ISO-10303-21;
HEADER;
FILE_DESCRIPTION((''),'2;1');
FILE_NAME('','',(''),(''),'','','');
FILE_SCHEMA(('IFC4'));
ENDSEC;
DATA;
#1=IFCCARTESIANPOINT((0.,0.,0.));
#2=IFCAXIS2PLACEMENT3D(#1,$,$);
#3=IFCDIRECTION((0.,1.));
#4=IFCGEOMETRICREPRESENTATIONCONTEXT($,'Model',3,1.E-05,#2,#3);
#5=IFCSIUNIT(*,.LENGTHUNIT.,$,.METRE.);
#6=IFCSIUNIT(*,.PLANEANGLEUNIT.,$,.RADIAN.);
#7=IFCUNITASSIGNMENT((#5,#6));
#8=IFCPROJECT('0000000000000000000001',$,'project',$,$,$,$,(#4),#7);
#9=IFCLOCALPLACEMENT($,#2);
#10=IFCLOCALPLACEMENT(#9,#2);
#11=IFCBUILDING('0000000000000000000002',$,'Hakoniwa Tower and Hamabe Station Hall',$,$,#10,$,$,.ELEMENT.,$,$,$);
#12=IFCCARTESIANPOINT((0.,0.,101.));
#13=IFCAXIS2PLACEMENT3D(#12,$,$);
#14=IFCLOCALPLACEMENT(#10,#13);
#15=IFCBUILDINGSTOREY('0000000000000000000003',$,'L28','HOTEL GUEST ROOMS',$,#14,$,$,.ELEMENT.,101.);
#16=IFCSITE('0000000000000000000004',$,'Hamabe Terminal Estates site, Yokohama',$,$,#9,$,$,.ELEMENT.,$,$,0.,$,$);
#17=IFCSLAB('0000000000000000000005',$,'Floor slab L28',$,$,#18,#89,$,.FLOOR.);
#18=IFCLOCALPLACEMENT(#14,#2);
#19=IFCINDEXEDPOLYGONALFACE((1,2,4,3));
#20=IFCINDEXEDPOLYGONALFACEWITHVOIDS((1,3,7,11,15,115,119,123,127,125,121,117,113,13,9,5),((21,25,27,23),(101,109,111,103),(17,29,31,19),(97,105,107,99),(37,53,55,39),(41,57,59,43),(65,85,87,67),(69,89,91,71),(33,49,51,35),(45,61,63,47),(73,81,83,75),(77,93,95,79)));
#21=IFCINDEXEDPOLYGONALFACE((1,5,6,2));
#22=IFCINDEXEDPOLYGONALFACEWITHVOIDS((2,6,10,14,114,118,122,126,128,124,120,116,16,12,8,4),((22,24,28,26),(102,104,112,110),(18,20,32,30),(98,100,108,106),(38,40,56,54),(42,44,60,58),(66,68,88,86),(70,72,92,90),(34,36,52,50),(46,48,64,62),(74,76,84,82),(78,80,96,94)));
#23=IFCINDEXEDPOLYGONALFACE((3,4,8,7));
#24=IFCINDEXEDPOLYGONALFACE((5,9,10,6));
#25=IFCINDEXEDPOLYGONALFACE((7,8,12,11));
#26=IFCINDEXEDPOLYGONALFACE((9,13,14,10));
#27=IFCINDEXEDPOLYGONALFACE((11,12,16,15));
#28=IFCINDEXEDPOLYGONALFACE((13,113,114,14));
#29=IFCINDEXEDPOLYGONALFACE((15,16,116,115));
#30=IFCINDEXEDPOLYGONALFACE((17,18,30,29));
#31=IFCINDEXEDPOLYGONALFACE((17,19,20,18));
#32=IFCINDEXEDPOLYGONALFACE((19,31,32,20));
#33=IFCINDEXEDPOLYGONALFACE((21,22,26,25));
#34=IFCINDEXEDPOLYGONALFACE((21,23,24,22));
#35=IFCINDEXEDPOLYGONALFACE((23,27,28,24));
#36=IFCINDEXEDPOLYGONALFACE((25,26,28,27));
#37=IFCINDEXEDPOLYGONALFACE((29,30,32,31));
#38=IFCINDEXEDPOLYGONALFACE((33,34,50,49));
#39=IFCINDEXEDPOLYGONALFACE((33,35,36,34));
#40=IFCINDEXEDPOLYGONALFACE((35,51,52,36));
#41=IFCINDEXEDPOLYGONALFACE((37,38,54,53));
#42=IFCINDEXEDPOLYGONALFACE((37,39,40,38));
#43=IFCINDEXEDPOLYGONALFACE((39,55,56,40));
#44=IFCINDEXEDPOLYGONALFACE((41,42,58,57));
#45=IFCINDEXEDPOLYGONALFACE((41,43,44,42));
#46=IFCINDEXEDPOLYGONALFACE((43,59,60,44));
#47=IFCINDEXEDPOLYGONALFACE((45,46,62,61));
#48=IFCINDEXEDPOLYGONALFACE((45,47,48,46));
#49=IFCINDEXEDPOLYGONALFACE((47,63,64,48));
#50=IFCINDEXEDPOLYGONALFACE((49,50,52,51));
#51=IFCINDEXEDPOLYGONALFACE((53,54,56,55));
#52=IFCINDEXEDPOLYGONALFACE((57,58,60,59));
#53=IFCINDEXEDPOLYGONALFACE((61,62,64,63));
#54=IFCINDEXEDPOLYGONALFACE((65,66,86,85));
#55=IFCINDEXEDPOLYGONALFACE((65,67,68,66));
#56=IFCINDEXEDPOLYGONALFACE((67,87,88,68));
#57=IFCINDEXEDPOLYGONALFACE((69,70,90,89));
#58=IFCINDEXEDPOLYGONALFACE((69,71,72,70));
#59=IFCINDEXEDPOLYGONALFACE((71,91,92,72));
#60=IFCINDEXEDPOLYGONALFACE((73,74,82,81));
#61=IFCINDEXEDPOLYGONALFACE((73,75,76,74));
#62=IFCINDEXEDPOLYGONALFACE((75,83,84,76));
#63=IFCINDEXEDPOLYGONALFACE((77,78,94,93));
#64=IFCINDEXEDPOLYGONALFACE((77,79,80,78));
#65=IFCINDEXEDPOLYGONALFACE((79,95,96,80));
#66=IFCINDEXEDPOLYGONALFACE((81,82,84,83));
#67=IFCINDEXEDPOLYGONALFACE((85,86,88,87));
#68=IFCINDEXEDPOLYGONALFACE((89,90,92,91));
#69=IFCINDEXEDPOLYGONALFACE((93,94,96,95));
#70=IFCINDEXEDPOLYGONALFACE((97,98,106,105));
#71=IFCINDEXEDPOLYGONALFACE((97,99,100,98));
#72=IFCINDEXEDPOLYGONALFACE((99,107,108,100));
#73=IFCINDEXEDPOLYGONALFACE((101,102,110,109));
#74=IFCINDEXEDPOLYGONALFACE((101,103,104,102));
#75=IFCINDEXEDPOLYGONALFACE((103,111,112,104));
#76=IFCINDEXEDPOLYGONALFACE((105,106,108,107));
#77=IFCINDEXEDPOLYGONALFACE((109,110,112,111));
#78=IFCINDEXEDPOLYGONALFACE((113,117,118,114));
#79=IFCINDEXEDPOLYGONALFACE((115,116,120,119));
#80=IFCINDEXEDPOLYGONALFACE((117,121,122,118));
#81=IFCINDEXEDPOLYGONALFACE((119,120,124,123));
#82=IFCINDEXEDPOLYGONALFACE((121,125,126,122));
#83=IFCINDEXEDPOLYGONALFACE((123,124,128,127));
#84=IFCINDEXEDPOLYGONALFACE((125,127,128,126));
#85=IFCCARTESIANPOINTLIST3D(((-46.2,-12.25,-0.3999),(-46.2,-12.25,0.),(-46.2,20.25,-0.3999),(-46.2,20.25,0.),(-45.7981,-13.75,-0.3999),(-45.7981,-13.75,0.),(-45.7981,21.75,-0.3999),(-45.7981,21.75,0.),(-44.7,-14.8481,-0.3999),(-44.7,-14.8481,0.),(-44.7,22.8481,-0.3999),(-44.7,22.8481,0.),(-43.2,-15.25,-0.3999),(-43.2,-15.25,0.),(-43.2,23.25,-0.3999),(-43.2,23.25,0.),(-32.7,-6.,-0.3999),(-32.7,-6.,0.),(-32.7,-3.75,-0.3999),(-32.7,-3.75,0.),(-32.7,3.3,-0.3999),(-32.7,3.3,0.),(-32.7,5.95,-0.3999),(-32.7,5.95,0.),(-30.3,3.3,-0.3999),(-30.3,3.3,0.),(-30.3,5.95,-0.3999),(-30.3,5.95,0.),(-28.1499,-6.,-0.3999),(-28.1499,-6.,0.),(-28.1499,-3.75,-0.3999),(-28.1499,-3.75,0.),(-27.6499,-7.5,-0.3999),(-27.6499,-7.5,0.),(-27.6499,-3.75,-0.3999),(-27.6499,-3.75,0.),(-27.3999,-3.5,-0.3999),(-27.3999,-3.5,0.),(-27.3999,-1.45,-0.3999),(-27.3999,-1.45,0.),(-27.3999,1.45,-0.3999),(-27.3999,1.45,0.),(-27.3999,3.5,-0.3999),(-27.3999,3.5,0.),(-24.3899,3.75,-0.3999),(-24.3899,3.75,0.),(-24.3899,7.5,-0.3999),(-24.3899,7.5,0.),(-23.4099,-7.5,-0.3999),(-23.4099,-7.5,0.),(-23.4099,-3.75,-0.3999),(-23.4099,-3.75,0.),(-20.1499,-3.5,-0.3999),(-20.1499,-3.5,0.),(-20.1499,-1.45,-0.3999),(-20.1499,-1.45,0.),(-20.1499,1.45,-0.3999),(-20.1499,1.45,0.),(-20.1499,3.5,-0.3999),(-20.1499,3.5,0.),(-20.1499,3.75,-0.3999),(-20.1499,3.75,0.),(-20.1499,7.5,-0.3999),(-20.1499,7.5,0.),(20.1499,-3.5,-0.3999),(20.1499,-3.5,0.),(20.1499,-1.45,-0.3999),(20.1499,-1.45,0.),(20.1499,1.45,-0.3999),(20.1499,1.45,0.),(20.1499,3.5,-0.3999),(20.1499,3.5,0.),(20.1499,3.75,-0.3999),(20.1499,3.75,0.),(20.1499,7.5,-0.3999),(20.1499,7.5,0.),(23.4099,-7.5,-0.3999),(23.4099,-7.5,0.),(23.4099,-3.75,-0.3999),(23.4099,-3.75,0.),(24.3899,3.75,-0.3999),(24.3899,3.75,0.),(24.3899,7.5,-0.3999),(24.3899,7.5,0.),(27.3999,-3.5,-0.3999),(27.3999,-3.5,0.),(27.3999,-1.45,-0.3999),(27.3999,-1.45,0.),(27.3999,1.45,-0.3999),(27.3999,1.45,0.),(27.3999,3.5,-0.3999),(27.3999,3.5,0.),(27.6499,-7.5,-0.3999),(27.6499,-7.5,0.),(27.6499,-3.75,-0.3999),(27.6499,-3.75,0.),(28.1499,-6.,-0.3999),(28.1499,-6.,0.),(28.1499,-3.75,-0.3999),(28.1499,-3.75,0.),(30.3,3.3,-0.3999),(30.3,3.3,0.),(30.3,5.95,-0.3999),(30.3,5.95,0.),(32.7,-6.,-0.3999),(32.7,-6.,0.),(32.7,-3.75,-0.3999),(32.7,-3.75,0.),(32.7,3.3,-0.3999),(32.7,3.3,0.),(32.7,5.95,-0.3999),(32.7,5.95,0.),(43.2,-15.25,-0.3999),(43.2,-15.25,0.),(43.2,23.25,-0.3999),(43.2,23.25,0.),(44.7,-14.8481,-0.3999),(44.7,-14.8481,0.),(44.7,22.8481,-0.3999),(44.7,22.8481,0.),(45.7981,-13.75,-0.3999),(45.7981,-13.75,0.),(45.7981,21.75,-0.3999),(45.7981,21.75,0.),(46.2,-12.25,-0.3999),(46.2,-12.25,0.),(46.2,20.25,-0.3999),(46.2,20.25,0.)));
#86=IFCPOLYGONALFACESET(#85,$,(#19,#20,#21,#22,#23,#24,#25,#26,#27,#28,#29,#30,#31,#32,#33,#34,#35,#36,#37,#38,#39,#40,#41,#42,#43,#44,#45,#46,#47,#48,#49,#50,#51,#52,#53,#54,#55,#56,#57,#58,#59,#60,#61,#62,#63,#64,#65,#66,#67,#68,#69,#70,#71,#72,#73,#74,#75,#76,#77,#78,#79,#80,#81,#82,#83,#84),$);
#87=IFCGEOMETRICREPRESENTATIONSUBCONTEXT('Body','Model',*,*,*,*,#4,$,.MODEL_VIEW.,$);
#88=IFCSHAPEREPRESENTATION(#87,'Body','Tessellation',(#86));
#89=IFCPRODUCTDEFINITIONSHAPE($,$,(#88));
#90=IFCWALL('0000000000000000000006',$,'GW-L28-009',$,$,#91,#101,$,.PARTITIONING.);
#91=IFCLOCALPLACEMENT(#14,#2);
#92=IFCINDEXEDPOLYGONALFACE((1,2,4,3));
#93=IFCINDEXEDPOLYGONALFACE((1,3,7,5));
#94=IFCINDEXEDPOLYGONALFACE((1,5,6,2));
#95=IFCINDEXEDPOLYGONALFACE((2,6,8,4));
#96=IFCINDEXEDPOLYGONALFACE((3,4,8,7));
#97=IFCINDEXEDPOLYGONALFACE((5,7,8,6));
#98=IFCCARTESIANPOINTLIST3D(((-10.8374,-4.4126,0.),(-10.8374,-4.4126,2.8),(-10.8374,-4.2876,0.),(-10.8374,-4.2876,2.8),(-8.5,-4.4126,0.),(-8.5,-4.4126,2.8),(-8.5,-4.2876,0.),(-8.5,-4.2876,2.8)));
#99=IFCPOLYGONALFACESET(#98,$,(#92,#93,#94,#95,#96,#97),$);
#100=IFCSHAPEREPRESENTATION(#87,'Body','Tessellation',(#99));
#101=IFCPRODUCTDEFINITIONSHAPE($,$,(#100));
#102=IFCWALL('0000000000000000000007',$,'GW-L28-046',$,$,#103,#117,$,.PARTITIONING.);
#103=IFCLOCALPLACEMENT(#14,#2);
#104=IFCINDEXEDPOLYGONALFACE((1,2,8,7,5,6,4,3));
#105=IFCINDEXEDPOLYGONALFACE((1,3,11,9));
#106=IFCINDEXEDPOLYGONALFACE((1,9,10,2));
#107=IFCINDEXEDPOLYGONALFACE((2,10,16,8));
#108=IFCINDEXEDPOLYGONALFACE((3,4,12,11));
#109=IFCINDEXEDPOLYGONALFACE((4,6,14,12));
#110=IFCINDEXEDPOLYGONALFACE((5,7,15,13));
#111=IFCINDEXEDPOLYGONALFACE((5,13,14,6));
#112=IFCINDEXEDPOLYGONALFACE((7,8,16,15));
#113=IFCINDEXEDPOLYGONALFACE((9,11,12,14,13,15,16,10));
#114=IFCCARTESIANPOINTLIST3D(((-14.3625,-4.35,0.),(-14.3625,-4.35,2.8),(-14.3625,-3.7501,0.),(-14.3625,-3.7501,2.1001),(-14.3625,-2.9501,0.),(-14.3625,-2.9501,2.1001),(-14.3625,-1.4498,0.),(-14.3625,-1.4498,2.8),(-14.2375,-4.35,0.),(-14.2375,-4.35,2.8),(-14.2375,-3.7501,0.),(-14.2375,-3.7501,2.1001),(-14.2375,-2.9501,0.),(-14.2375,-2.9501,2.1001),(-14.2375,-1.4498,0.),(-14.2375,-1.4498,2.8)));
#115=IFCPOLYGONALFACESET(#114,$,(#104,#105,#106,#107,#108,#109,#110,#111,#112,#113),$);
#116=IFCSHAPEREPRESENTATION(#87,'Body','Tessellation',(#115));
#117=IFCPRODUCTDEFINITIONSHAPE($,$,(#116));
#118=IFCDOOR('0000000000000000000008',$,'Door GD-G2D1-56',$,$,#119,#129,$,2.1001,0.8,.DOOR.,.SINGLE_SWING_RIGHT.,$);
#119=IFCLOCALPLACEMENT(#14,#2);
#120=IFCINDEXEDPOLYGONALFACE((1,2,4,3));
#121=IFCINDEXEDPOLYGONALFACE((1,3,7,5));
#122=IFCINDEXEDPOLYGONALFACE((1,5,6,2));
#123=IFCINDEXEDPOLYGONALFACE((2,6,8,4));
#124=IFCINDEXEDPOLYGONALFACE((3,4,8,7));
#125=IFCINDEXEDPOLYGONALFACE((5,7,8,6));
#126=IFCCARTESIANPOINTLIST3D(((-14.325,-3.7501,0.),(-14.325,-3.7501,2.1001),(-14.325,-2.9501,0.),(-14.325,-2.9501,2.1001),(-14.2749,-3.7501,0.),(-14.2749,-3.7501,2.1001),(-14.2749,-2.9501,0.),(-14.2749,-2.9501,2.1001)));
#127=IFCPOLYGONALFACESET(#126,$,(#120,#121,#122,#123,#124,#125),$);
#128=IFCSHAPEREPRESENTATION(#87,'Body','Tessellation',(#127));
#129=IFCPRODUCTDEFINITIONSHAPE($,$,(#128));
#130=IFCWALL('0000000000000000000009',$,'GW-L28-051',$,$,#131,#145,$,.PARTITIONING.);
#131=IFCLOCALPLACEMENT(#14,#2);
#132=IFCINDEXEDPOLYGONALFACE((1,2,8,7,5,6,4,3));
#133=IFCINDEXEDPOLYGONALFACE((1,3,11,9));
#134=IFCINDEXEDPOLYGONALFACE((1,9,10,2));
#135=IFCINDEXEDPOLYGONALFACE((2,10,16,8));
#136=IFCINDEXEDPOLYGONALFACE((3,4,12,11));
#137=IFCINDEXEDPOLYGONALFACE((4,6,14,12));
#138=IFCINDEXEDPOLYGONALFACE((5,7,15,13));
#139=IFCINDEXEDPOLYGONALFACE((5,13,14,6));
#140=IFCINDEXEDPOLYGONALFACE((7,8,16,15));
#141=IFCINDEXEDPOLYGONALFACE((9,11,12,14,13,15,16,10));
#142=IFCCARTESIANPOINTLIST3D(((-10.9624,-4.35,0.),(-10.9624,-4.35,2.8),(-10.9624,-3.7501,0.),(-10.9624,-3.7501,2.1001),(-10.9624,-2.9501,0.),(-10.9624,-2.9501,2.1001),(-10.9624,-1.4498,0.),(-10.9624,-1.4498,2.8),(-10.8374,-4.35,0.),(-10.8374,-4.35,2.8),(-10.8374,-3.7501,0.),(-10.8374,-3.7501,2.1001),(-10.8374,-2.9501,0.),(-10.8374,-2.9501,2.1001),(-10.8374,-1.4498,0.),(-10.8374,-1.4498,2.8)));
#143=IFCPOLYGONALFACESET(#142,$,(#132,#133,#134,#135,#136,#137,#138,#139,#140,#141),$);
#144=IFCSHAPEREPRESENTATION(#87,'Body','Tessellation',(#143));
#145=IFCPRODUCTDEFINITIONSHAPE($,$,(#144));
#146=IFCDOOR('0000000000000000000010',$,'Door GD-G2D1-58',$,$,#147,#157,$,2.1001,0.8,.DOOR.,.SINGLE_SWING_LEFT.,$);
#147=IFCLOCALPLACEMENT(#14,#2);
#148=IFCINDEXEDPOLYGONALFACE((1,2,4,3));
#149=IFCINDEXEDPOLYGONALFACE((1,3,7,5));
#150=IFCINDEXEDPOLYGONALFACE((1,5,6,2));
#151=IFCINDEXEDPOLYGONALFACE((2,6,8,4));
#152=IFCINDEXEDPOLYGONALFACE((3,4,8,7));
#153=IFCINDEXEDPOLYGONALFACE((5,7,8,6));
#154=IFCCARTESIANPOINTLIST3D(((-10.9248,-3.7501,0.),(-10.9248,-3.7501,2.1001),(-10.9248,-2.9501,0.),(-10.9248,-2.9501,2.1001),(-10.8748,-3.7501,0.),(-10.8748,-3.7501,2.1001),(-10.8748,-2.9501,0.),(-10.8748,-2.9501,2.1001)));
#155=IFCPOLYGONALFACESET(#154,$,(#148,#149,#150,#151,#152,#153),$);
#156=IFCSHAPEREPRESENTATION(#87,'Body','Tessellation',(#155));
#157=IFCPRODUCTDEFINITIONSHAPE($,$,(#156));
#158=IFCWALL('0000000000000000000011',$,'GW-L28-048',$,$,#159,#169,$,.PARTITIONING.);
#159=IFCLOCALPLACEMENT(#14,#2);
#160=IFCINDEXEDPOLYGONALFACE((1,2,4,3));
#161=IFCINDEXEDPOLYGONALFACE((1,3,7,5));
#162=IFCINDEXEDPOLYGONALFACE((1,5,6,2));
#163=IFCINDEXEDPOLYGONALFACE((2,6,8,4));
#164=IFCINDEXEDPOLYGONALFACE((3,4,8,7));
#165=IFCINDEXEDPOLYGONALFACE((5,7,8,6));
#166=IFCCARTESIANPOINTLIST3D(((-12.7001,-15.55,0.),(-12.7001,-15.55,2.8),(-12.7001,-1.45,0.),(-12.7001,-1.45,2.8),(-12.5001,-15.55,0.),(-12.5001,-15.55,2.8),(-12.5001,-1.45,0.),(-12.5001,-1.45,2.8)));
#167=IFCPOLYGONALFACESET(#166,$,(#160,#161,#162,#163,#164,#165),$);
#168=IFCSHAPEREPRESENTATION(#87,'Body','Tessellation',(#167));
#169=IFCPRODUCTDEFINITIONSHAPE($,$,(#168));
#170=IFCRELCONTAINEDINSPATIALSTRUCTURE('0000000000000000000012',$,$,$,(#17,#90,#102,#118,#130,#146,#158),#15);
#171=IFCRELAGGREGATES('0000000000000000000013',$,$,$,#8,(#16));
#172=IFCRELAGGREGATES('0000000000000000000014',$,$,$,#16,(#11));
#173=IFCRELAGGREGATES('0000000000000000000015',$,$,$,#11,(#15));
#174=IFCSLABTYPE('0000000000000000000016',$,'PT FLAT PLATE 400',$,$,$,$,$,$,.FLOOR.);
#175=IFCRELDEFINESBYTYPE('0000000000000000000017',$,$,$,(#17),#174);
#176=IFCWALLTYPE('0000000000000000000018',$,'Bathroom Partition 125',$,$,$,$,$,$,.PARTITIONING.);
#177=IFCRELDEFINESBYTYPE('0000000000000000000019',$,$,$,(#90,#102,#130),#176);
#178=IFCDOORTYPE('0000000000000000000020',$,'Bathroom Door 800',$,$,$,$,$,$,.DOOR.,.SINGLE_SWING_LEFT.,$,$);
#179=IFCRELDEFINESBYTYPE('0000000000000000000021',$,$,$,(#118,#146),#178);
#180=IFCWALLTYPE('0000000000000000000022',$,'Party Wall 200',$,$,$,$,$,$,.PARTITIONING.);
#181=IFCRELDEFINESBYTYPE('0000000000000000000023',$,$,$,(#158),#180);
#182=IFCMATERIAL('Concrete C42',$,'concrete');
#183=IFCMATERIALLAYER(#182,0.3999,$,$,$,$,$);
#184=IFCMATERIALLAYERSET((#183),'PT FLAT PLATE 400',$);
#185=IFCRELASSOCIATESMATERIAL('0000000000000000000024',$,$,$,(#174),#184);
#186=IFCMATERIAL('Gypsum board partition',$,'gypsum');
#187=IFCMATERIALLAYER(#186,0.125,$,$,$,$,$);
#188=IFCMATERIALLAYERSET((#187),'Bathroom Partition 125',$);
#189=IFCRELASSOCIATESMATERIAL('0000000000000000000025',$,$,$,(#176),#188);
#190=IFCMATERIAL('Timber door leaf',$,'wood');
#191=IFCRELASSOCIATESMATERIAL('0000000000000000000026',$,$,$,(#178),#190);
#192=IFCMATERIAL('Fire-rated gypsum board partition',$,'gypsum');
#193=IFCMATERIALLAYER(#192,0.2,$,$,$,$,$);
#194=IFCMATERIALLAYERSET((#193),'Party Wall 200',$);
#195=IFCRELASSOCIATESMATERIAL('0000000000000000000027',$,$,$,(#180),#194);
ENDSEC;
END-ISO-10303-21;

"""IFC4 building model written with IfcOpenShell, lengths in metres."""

from ifc_helpers import new_model, si_unit, direction, frame, frame_2d, origin, place, context, subcontext, project, spatial, polyline, rectangle, outline, extrude, material, layer, layer_set, type_object, element, fill, save


model = new_model("IFC4")

# Units and contexts
model_context = context("Model", 3, precision=1e-05, world=origin(), true_north=direction((0.0, 1.0)))
body_context = subcontext(model_context, "Body", "Model", "MODEL_VIEW")
ifc_project = project(units=[si_unit("LENGTHUNIT", "METRE"), si_unit("PLANEANGLEUNIT", "RADIAN")], contexts=[model_context])

# Site, building, storey
site_placement = place(None, origin())
site = spatial("IfcSite", under=ifc_project, at=site_placement, Name="Hamabe Terminal Estates site, Yokohama", CompositionType="ELEMENT", RefElevation=0.0)
building_placement = place(site_placement, origin())
building = spatial("IfcBuilding", under=site, at=building_placement, Name="Hakoniwa Tower and Hamabe Station Hall", CompositionType="ELEMENT")
storey_placement = place(building_placement, frame((0.0, 0.0, 101.0)))
storey = spatial("IfcBuildingStorey", under=building, at=storey_placement, Name="L28", Description="HOTEL GUEST ROOMS", CompositionType="ELEMENT", Elevation=101.0)

# Slab
ifc_material_1 = material(Name="Concrete C42", Category="concrete")
ifc_layer_1 = layer(ifc_material_1, 0.3999)
ifc_layer_set_1 = layer_set([ifc_layer_1], Name="PT FLAT PLATE 400")
slab_type = type_object("IfcSlabType", Name="PT FLAT PLATE 400", PredefinedType="FLOOR", material=ifc_layer_set_1)
slab_placement = place(storey_placement, frame((0.0, 0.0, -0.3999)))
element("IfcSlab", 1, at=slab_placement, inside=storey, type_object=slab_type, Name="Floor slab L28", PredefinedType="FLOOR", context=body_context, shape_type="SweptSolid", body=[
    extrude(outline(polyline([(46.2, -12.25), (46.2, 20.25), (45.7981, 21.75), (44.7, 22.8481), (43.2, 23.25), (-43.2, 23.25), (-44.7, 22.8481), (-45.7981, 21.75), (-46.2, 20.25), (-46.2, -12.25), (-45.7981, -13.75), (-44.7, -14.8481), (-43.2, -15.25), (43.2, -15.25), (44.7, -14.8481), (45.7981, -13.75), (46.2, -12.25)]), holes=[polyline([(-27.3999, 1.45), (-27.3999, 3.5), (-20.1499, 3.5), (-20.1499, 1.45), (-27.3999, 1.45)]), polyline([(-27.3999, -3.5), (-27.3999, -1.45), (-20.1499, -1.45), (-20.1499, -3.5), (-27.3999, -3.5)]), polyline([(-32.7, 3.3), (-32.7, 5.95), (-30.3, 5.95), (-30.3, 3.3), (-32.7, 3.3)]), polyline([(-32.7, -6.0), (-32.7, -3.75), (-28.1499, -3.75), (-28.1499, -6.0), (-32.7, -6.0)]), polyline([(-24.3899, 3.75), (-24.3899, 7.5), (-20.1499, 7.5), (-20.1499, 3.75), (-24.3899, 3.75)]), polyline([(-27.6499, -7.5), (-27.6499, -3.75), (-23.4099, -3.75), (-23.4099, -7.5), (-27.6499, -7.5)]), polyline([(20.1499, 1.45), (20.1499, 3.5), (27.3999, 3.5), (27.3999, 1.45), (20.1499, 1.45)]), polyline([(20.1499, -3.5), (20.1499, -1.45), (27.3999, -1.45), (27.3999, -3.5), (20.1499, -3.5)]), polyline([(30.3, 3.3), (30.3, 5.95), (32.7, 5.95), (32.7, 3.3), (30.3, 3.3)]), polyline([(28.1499, -6.0), (28.1499, -3.75), (32.7, -3.75), (32.7, -6.0), (28.1499, -6.0)]), polyline([(20.1499, 3.75), (20.1499, 7.5), (24.3899, 7.5), (24.3899, 3.75), (20.1499, 3.75)]), polyline([(23.4099, -7.5), (23.4099, -3.75), (27.6499, -3.75), (27.6499, -7.5), (23.4099, -7.5)])]), origin(), (0.0, 0.0, 1.0), 0.3999),
])

# Wall
ifc_material_2 = material(Name="Gypsum board partition", Category="gypsum")
ifc_layer_2 = layer(ifc_material_2, 0.125)
ifc_layer_set_2 = layer_set([ifc_layer_2], Name="Bathroom Partition 125")
wall_type_1 = type_object("IfcWallType", Name="Bathroom Partition 125", PredefinedType="PARTITIONING", material=ifc_layer_set_2)
wall_1_placement = place(storey_placement, frame((-10.8374, -4.3501, 0.0), z_axis=(0.0, 0.0, 1.0), x_axis=(1.0, 0.0, 0.0)))
element("IfcWall", 2, at=wall_1_placement, inside=storey, type_object=wall_type_1, Name="GW-L28-009", PredefinedType="PARTITIONING", context=body_context, shape_type="SweptSolid", body=[
    extrude(rectangle(XDim=2.3374, YDim=0.125, at=frame_2d((1.1687, 0.0))), origin(), (0.0, 0.0, 1.0), 2.8),
])

# Walls, openings, doors
wall_2_placement = place(storey_placement, frame((-14.3, -4.3501, 0.0), z_axis=(0.0, 0.0, 1.0), x_axis=(0.0, 1.0, 0.0)))
wall_2 = element("IfcWall", 3, at=wall_2_placement, inside=storey, type_object=wall_type_1, Name="GW-L28-046", PredefinedType="PARTITIONING", context=body_context, shape_type="SweptSolid", body=[
    extrude(rectangle(XDim=2.9001, YDim=0.125, at=frame_2d((1.4502, 0.0))), origin(), (0.0, 0.0, 1.0), 2.8),
])
opening_1_placement = place(wall_2_placement, frame((0.6001, 0.0, 0.0)))
opening_1 = element("IfcOpeningElement", 4, at=opening_1_placement, cuts=wall_2, PredefinedType="OPENING", context=body_context, shape_type="SweptSolid", body=[
    extrude(rectangle(XDim=0.8, YDim=2.1001, at=frame_2d((0.3999, 1.05))), frame((0.0, 0.0725, 0.0), z_axis=(0.0, -1.0, 0.0), x_axis=(1.0, 0.0, 0.0)), (0.0, 0.0, 1.0), 0.145),
])
ifc_material_3 = material(Name="Timber door leaf", Category="wood")
door_type = type_object("IfcDoorType", Name="Bathroom Door 800", OperationType="SINGLE_SWING_LEFT", PredefinedType="DOOR", material=ifc_material_3)
door_1_placement = place(opening_1_placement, origin())
door_1 = element("IfcDoor", 5, at=door_1_placement, inside=storey, type_object=door_type, Name="Door GD-G2D1-56", OperationType="SINGLE_SWING_RIGHT", OverallHeight=2.1001, OverallWidth=0.8, PredefinedType="DOOR", context=body_context, shape_type="SweptSolid", body=[
    extrude(rectangle(XDim=0.8, YDim=2.1001, at=frame_2d((0.3999, 1.05))), frame((0.0, 0.0249, 0.0), z_axis=(0.0, -1.0, 0.0), x_axis=(1.0, 0.0, 0.0)), (0.0, 0.0, 1.0), 0.05),
])
fill(opening_1, door_1)
wall_3_placement = place(storey_placement, frame((-10.8999, -4.3501, 0.0), z_axis=(0.0, 0.0, 1.0), x_axis=(0.0, 1.0, 0.0)))
wall_3 = element("IfcWall", 6, at=wall_3_placement, inside=storey, type_object=wall_type_1, Name="GW-L28-051", PredefinedType="PARTITIONING", context=body_context, shape_type="SweptSolid", body=[
    extrude(rectangle(XDim=2.9001, YDim=0.125, at=frame_2d((1.4502, 0.0))), origin(), (0.0, 0.0, 1.0), 2.8),
])
opening_2_placement = place(wall_3_placement, frame((0.6001, 0.0, 0.0)))
opening_2 = element("IfcOpeningElement", 7, at=opening_2_placement, cuts=wall_3, PredefinedType="OPENING", context=body_context, shape_type="SweptSolid", body=[
    extrude(rectangle(XDim=0.8, YDim=2.1001, at=frame_2d((0.3999, 1.05))), frame((0.0, 0.0725, 0.0), z_axis=(0.0, -1.0, 0.0), x_axis=(1.0, 0.0, 0.0)), (0.0, 0.0, 1.0), 0.145),
])
door_2_placement = place(opening_2_placement, origin())
door_2 = element("IfcDoor", 8, at=door_2_placement, inside=storey, type_object=door_type, Name="Door GD-G2D1-58", OperationType="SINGLE_SWING_LEFT", OverallHeight=2.1001, OverallWidth=0.8, PredefinedType="DOOR", context=body_context, shape_type="SweptSolid", body=[
    extrude(rectangle(XDim=0.8, YDim=2.1001, at=frame_2d((0.3999, 1.05))), frame((0.0, 0.0249, 0.0), z_axis=(0.0, -1.0, 0.0), x_axis=(1.0, 0.0, 0.0)), (0.0, 0.0, 1.0), 0.05),
])
fill(opening_2, door_2)

# Wall
ifc_material_4 = material(Name="Fire-rated gypsum board partition", Category="gypsum")
ifc_layer_3 = layer(ifc_material_4, 0.2)
ifc_layer_set_3 = layer_set([ifc_layer_3], Name="Party Wall 200")
wall_type_2 = type_object("IfcWallType", Name="Party Wall 200", PredefinedType="PARTITIONING", material=ifc_layer_set_3)
wall_4_placement = place(storey_placement, frame((-12.6001, -15.55, 0.0), z_axis=(0.0, 0.0, 1.0), x_axis=(0.0, 1.0, 0.0)))
element("IfcWall", 9, at=wall_4_placement, inside=storey, type_object=wall_type_2, Name="GW-L28-048", PredefinedType="PARTITIONING", context=body_context, shape_type="SweptSolid", body=[
    extrude(rectangle(XDim=14.1001, YDim=0.2, at=frame_2d((7.05, 0.0))), origin(), (0.0, 0.0, 1.0), 2.8),
])

save(model, "model.ifc")
